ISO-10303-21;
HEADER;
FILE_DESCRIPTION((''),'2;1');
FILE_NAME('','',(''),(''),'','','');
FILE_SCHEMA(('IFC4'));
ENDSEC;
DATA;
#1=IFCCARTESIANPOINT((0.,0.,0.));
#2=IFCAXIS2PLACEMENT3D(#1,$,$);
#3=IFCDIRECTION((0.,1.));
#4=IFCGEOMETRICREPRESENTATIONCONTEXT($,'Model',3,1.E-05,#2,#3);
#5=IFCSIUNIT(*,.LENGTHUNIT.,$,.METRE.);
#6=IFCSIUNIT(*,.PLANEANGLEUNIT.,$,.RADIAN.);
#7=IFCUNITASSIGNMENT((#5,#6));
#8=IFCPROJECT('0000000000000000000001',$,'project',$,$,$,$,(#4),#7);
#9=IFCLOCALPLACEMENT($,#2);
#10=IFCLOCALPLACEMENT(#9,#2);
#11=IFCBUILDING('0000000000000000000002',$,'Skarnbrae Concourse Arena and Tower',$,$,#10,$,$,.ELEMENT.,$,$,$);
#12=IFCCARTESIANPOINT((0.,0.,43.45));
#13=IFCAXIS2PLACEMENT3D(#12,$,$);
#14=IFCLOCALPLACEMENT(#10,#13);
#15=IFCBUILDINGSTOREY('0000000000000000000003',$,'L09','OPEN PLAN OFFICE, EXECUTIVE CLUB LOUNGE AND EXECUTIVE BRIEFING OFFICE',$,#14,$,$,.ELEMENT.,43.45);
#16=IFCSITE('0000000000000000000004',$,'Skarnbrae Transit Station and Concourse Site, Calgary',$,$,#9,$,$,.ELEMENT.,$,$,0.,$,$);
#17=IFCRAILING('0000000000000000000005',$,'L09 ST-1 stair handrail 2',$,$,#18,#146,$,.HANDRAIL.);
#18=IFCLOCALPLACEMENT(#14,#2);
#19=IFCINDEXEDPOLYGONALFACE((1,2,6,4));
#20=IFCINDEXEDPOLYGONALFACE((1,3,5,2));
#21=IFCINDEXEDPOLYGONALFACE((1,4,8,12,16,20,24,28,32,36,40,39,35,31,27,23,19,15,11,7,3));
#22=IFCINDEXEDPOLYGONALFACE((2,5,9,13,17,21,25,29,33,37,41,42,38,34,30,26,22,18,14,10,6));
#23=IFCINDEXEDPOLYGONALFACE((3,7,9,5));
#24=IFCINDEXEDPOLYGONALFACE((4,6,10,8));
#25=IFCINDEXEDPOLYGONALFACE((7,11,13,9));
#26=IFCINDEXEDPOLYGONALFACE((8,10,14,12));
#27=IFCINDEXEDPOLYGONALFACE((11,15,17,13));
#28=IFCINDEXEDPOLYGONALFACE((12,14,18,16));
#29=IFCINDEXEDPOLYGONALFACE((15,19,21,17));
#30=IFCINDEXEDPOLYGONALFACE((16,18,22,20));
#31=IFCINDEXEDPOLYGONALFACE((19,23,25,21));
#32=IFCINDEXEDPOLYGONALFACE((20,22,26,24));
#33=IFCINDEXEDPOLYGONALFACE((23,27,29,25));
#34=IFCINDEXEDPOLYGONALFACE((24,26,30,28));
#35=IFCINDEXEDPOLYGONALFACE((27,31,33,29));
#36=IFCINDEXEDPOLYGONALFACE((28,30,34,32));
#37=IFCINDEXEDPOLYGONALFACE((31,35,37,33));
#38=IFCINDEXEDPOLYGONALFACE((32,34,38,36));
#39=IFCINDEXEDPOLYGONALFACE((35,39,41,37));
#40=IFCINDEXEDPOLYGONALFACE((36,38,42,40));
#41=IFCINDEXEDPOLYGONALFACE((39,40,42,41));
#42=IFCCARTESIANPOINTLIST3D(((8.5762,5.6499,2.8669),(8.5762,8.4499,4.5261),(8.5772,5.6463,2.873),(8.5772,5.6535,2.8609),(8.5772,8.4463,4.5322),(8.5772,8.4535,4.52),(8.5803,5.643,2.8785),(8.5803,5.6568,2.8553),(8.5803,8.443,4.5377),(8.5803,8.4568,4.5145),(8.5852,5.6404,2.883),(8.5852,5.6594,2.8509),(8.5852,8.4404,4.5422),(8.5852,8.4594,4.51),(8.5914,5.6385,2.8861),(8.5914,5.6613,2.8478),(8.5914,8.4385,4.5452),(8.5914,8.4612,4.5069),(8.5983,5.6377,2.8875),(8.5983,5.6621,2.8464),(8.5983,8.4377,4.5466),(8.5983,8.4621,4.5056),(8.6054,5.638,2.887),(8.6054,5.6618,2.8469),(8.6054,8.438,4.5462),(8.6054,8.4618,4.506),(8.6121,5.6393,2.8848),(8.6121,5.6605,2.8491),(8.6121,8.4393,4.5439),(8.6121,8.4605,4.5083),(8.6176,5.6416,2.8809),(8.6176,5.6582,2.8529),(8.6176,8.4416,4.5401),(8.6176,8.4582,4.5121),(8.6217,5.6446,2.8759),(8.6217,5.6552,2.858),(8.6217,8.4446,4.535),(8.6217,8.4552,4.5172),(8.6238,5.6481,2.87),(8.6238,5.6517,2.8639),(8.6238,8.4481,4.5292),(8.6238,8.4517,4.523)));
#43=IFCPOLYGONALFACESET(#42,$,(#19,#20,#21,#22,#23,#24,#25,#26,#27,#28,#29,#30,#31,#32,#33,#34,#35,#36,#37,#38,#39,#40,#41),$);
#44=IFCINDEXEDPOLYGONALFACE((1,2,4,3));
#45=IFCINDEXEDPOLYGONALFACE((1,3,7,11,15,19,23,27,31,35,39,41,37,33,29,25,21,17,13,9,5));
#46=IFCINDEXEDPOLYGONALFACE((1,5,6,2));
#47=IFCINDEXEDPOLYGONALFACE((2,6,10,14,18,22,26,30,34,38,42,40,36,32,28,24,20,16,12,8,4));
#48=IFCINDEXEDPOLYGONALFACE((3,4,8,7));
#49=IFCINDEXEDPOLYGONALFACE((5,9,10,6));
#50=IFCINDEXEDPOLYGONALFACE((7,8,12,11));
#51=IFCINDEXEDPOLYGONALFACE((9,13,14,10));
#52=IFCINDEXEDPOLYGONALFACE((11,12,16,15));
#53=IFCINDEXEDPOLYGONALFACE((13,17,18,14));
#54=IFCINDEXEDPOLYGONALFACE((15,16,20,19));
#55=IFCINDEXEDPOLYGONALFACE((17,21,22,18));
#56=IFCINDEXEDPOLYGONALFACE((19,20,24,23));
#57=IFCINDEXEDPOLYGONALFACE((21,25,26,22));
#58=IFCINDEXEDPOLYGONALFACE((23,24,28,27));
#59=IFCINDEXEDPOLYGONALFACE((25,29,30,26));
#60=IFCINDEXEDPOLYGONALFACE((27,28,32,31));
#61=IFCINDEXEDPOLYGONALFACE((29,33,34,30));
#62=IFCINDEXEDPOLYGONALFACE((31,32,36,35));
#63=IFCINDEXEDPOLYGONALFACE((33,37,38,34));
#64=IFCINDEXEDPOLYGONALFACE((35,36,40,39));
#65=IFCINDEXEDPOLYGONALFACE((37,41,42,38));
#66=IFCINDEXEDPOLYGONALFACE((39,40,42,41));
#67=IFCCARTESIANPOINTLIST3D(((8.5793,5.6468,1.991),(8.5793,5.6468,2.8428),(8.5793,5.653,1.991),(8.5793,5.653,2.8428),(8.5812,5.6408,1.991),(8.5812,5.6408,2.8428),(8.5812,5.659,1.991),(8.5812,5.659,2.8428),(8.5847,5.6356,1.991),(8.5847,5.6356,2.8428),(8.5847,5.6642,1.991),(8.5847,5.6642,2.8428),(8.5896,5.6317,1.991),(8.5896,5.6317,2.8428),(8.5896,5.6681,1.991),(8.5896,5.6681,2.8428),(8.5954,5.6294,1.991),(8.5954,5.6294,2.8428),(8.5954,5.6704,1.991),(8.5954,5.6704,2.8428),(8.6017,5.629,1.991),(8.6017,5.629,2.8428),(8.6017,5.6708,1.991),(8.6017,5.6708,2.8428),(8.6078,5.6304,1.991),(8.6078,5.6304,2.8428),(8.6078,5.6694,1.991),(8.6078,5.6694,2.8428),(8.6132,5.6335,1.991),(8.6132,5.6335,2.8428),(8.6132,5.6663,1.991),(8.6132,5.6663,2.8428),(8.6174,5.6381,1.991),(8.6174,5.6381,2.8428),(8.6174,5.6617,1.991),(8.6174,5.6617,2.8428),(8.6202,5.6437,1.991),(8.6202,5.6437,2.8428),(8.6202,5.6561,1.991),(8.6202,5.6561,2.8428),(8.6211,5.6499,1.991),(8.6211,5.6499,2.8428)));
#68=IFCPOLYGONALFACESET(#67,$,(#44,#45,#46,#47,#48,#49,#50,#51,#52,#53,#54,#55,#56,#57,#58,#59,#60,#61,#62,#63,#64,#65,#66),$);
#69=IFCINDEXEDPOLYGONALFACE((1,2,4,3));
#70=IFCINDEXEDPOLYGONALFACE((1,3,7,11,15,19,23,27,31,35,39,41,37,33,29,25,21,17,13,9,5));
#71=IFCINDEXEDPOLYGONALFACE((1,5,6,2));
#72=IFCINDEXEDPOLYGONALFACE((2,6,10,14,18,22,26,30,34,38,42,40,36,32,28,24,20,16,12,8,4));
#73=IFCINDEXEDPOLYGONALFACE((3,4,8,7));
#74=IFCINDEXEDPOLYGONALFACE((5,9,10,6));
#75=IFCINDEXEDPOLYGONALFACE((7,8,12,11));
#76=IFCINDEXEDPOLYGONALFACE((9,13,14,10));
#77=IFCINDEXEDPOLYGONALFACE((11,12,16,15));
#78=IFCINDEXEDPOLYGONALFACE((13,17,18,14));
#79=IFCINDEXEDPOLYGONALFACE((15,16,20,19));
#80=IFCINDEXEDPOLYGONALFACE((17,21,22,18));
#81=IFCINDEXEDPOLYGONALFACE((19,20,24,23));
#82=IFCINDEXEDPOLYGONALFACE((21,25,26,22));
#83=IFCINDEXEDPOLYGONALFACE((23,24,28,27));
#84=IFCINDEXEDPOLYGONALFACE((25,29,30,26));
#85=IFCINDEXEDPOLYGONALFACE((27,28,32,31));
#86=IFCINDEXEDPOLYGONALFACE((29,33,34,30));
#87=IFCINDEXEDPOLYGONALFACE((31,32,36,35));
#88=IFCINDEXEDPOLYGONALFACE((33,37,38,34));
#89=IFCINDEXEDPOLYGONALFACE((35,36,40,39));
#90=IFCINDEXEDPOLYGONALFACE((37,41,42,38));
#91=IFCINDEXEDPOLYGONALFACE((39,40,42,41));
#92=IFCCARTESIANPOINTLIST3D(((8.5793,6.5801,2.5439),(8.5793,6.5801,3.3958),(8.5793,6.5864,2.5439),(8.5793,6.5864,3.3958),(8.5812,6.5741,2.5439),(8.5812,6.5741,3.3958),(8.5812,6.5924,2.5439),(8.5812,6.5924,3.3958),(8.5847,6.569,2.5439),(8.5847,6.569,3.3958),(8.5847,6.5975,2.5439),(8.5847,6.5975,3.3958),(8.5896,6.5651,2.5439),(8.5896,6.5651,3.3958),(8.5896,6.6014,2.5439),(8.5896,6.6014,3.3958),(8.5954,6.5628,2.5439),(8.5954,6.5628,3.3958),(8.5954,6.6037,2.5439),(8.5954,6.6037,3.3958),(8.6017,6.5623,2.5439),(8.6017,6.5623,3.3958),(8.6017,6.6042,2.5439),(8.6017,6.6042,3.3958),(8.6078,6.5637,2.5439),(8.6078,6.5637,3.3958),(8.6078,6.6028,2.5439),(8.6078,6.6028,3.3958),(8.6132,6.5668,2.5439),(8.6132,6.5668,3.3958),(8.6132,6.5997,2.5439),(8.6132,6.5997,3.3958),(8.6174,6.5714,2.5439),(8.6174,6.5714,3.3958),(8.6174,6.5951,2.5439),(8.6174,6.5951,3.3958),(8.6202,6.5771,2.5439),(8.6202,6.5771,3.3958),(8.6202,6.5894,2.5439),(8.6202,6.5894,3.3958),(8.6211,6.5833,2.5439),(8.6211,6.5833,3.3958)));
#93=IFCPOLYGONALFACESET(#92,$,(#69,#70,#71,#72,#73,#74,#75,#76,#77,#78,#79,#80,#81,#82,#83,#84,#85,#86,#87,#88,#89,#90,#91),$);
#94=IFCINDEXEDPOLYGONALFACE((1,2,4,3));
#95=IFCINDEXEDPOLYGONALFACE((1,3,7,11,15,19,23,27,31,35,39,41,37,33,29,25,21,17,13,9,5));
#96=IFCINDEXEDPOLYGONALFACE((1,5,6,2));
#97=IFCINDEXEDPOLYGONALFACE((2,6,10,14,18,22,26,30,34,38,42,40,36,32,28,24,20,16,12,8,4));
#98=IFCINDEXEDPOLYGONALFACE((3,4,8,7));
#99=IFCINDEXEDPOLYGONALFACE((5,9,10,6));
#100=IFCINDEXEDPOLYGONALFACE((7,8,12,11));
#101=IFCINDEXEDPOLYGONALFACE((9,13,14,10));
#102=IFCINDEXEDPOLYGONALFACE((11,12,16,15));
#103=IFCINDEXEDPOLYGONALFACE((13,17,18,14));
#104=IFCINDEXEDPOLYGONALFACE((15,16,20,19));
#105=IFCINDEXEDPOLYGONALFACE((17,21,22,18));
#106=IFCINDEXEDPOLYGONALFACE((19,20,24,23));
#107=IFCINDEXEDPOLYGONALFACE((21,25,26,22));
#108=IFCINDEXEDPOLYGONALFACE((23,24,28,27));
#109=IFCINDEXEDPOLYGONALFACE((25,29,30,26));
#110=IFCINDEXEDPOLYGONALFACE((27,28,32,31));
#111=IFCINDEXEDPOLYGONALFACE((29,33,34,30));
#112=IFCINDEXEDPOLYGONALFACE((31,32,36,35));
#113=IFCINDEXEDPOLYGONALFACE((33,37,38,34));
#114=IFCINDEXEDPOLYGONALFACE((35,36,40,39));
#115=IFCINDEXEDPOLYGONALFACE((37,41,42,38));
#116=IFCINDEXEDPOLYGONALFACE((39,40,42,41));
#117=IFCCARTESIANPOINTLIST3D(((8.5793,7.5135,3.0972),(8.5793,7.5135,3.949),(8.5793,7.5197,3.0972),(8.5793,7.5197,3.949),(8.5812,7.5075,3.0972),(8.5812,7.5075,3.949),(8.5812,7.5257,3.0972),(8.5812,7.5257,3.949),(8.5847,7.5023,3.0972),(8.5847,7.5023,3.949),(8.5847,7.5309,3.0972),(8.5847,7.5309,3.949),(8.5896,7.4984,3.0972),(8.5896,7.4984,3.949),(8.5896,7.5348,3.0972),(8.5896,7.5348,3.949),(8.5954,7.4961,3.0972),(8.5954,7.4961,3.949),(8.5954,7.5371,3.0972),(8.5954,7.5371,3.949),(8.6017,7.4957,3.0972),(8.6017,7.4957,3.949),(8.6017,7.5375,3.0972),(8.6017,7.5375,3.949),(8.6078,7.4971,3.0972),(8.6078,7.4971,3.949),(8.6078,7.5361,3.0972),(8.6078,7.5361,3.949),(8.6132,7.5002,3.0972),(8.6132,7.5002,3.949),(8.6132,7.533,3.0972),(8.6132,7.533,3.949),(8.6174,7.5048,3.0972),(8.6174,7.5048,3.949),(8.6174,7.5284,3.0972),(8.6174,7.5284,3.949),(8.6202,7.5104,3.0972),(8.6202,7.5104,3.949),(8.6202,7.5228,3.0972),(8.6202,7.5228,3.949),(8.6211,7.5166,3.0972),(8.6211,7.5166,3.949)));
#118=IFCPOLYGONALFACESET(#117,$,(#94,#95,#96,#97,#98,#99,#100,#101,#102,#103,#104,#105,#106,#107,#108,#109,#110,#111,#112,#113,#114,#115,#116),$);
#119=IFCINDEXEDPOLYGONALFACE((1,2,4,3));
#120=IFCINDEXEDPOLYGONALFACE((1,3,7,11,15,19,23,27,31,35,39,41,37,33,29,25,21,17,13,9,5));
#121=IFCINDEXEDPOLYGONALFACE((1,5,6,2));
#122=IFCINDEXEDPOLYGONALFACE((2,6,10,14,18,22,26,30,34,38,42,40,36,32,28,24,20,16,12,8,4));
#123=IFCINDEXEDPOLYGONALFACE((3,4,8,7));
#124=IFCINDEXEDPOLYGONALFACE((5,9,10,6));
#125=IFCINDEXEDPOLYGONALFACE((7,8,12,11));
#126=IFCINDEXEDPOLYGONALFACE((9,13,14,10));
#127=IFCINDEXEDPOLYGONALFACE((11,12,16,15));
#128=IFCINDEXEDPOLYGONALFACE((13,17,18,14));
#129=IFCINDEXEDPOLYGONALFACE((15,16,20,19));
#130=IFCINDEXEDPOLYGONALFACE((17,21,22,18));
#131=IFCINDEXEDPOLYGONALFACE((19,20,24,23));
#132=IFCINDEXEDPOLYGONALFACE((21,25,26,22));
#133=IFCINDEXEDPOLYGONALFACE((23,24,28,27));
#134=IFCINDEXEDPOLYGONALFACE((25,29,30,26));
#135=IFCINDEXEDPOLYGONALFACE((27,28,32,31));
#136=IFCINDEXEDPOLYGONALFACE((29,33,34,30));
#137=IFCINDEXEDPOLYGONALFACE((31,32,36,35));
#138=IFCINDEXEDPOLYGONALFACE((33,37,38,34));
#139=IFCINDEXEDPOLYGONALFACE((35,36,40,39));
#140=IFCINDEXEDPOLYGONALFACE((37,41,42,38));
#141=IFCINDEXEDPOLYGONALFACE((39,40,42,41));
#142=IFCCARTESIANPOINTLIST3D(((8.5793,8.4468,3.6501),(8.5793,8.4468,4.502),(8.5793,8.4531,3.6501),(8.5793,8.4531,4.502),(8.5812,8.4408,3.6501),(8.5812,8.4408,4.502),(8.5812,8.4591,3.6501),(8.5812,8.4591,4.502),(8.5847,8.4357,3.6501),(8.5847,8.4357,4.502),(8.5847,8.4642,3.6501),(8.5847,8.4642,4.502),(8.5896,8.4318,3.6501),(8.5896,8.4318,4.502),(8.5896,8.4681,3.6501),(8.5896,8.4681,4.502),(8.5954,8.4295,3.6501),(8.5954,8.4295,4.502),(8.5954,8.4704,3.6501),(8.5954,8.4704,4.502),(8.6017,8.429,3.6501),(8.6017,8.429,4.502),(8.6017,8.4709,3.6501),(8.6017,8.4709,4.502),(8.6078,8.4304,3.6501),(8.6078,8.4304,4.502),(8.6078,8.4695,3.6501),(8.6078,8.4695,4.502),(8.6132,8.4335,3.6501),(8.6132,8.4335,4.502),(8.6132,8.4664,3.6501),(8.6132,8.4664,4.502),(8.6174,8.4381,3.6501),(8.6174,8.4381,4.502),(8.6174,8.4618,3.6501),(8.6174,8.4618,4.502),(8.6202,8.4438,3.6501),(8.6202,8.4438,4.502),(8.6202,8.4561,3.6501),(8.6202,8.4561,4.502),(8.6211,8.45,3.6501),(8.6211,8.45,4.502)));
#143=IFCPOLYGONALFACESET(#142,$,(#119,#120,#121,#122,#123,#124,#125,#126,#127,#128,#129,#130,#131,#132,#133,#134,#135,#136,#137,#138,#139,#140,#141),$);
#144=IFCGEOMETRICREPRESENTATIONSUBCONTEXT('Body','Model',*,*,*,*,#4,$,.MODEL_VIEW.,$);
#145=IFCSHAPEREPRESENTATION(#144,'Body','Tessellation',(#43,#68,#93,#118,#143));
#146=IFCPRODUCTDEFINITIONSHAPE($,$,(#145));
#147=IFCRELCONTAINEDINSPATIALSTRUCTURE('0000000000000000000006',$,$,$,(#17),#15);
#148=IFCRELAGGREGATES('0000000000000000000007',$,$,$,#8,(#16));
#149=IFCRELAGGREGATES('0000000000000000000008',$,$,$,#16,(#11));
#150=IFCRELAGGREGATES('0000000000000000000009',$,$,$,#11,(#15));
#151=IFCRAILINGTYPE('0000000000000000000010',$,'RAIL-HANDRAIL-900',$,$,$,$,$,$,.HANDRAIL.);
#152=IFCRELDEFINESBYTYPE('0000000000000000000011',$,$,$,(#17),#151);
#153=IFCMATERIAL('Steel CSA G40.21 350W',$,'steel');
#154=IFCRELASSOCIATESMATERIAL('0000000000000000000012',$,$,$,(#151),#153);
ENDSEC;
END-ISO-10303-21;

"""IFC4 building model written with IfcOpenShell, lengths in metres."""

from ifc_helpers import new_model, si_unit, direction, frame, origin, origin_2d, place, context, subcontext, project, spatial, circle, extrude, material, type_object, element, save


model = new_model("IFC4")

# Units and contexts
model_context = context("Model", 3, precision=1e-05, world=origin(), true_north=direction((0.0, 1.0)))
body_context = subcontext(model_context, "Body", "Model", "MODEL_VIEW")
ifc_project = project(units=[si_unit("LENGTHUNIT", "METRE"), si_unit("PLANEANGLEUNIT", "RADIAN")], contexts=[model_context])

# Site, building, storey
site_placement = place(None, origin())
site = spatial("IfcSite", under=ifc_project, at=site_placement, Name="Skarnbrae Transit Station and Concourse Site, Calgary", CompositionType="ELEMENT", RefElevation=0.0)
building_placement = place(site_placement, origin())
building = spatial("IfcBuilding", under=site, at=building_placement, Name="Skarnbrae Concourse Arena and Tower", CompositionType="ELEMENT")
storey_placement = place(building_placement, frame((0.0, 0.0, 43.45)))
storey = spatial("IfcBuildingStorey", under=building, at=storey_placement, Name="L09", Description="OPEN PLAN OFFICE, EXECUTIVE CLUB LOUNGE AND EXECUTIVE BRIEFING OFFICE", CompositionType="ELEMENT", Elevation=43.45)

# Shared definitions
ifc_material_1 = material(Name="Steel CSA G40.21 350W", Category="steel")

# Railing
railing_type_1 = type_object("IfcRailingType", Name="RAIL-HANDRAIL-900", PredefinedType="HANDRAIL", material=ifc_material_1)
railing_1_placement = place(storey_placement, frame((8.6001, 5.6499, 1.991)))
element("IfcRailing", 1, at=railing_1_placement, inside=storey, type_object=railing_type_1, Name="L09 ST-1 stair handrail 2", PredefinedType="HANDRAIL", context=body_context, shape_type="SweptSolid", body=[
    extrude(circle(Radius=0.0239, at=origin_2d()), frame((0.0, 0.0, 0.876), z_axis=(0.0, 0.860306, 0.509778), x_axis=(-1.0, 0.0, 0.0)), (0.0, 0.0, 1.0), 3.2546),
    extrude(circle(Radius=0.021, at=origin_2d()), origin(), (0.0, 0.0, 1.0), 0.8518),
    extrude(circle(Radius=0.021, at=origin_2d()), frame((0.0, 0.9333, 0.553)), (0.0, 0.0, 1.0), 0.8518),
    extrude(circle(Radius=0.021, at=origin_2d()), frame((0.0, 1.8667, 1.1062)), (0.0, 0.0, 1.0), 0.8518),
    extrude(circle(Radius=0.021, at=origin_2d()), frame((0.0, 2.8, 1.6592)), (0.0, 0.0, 1.0), 0.8518),
])

save(model, "model.ifc")
